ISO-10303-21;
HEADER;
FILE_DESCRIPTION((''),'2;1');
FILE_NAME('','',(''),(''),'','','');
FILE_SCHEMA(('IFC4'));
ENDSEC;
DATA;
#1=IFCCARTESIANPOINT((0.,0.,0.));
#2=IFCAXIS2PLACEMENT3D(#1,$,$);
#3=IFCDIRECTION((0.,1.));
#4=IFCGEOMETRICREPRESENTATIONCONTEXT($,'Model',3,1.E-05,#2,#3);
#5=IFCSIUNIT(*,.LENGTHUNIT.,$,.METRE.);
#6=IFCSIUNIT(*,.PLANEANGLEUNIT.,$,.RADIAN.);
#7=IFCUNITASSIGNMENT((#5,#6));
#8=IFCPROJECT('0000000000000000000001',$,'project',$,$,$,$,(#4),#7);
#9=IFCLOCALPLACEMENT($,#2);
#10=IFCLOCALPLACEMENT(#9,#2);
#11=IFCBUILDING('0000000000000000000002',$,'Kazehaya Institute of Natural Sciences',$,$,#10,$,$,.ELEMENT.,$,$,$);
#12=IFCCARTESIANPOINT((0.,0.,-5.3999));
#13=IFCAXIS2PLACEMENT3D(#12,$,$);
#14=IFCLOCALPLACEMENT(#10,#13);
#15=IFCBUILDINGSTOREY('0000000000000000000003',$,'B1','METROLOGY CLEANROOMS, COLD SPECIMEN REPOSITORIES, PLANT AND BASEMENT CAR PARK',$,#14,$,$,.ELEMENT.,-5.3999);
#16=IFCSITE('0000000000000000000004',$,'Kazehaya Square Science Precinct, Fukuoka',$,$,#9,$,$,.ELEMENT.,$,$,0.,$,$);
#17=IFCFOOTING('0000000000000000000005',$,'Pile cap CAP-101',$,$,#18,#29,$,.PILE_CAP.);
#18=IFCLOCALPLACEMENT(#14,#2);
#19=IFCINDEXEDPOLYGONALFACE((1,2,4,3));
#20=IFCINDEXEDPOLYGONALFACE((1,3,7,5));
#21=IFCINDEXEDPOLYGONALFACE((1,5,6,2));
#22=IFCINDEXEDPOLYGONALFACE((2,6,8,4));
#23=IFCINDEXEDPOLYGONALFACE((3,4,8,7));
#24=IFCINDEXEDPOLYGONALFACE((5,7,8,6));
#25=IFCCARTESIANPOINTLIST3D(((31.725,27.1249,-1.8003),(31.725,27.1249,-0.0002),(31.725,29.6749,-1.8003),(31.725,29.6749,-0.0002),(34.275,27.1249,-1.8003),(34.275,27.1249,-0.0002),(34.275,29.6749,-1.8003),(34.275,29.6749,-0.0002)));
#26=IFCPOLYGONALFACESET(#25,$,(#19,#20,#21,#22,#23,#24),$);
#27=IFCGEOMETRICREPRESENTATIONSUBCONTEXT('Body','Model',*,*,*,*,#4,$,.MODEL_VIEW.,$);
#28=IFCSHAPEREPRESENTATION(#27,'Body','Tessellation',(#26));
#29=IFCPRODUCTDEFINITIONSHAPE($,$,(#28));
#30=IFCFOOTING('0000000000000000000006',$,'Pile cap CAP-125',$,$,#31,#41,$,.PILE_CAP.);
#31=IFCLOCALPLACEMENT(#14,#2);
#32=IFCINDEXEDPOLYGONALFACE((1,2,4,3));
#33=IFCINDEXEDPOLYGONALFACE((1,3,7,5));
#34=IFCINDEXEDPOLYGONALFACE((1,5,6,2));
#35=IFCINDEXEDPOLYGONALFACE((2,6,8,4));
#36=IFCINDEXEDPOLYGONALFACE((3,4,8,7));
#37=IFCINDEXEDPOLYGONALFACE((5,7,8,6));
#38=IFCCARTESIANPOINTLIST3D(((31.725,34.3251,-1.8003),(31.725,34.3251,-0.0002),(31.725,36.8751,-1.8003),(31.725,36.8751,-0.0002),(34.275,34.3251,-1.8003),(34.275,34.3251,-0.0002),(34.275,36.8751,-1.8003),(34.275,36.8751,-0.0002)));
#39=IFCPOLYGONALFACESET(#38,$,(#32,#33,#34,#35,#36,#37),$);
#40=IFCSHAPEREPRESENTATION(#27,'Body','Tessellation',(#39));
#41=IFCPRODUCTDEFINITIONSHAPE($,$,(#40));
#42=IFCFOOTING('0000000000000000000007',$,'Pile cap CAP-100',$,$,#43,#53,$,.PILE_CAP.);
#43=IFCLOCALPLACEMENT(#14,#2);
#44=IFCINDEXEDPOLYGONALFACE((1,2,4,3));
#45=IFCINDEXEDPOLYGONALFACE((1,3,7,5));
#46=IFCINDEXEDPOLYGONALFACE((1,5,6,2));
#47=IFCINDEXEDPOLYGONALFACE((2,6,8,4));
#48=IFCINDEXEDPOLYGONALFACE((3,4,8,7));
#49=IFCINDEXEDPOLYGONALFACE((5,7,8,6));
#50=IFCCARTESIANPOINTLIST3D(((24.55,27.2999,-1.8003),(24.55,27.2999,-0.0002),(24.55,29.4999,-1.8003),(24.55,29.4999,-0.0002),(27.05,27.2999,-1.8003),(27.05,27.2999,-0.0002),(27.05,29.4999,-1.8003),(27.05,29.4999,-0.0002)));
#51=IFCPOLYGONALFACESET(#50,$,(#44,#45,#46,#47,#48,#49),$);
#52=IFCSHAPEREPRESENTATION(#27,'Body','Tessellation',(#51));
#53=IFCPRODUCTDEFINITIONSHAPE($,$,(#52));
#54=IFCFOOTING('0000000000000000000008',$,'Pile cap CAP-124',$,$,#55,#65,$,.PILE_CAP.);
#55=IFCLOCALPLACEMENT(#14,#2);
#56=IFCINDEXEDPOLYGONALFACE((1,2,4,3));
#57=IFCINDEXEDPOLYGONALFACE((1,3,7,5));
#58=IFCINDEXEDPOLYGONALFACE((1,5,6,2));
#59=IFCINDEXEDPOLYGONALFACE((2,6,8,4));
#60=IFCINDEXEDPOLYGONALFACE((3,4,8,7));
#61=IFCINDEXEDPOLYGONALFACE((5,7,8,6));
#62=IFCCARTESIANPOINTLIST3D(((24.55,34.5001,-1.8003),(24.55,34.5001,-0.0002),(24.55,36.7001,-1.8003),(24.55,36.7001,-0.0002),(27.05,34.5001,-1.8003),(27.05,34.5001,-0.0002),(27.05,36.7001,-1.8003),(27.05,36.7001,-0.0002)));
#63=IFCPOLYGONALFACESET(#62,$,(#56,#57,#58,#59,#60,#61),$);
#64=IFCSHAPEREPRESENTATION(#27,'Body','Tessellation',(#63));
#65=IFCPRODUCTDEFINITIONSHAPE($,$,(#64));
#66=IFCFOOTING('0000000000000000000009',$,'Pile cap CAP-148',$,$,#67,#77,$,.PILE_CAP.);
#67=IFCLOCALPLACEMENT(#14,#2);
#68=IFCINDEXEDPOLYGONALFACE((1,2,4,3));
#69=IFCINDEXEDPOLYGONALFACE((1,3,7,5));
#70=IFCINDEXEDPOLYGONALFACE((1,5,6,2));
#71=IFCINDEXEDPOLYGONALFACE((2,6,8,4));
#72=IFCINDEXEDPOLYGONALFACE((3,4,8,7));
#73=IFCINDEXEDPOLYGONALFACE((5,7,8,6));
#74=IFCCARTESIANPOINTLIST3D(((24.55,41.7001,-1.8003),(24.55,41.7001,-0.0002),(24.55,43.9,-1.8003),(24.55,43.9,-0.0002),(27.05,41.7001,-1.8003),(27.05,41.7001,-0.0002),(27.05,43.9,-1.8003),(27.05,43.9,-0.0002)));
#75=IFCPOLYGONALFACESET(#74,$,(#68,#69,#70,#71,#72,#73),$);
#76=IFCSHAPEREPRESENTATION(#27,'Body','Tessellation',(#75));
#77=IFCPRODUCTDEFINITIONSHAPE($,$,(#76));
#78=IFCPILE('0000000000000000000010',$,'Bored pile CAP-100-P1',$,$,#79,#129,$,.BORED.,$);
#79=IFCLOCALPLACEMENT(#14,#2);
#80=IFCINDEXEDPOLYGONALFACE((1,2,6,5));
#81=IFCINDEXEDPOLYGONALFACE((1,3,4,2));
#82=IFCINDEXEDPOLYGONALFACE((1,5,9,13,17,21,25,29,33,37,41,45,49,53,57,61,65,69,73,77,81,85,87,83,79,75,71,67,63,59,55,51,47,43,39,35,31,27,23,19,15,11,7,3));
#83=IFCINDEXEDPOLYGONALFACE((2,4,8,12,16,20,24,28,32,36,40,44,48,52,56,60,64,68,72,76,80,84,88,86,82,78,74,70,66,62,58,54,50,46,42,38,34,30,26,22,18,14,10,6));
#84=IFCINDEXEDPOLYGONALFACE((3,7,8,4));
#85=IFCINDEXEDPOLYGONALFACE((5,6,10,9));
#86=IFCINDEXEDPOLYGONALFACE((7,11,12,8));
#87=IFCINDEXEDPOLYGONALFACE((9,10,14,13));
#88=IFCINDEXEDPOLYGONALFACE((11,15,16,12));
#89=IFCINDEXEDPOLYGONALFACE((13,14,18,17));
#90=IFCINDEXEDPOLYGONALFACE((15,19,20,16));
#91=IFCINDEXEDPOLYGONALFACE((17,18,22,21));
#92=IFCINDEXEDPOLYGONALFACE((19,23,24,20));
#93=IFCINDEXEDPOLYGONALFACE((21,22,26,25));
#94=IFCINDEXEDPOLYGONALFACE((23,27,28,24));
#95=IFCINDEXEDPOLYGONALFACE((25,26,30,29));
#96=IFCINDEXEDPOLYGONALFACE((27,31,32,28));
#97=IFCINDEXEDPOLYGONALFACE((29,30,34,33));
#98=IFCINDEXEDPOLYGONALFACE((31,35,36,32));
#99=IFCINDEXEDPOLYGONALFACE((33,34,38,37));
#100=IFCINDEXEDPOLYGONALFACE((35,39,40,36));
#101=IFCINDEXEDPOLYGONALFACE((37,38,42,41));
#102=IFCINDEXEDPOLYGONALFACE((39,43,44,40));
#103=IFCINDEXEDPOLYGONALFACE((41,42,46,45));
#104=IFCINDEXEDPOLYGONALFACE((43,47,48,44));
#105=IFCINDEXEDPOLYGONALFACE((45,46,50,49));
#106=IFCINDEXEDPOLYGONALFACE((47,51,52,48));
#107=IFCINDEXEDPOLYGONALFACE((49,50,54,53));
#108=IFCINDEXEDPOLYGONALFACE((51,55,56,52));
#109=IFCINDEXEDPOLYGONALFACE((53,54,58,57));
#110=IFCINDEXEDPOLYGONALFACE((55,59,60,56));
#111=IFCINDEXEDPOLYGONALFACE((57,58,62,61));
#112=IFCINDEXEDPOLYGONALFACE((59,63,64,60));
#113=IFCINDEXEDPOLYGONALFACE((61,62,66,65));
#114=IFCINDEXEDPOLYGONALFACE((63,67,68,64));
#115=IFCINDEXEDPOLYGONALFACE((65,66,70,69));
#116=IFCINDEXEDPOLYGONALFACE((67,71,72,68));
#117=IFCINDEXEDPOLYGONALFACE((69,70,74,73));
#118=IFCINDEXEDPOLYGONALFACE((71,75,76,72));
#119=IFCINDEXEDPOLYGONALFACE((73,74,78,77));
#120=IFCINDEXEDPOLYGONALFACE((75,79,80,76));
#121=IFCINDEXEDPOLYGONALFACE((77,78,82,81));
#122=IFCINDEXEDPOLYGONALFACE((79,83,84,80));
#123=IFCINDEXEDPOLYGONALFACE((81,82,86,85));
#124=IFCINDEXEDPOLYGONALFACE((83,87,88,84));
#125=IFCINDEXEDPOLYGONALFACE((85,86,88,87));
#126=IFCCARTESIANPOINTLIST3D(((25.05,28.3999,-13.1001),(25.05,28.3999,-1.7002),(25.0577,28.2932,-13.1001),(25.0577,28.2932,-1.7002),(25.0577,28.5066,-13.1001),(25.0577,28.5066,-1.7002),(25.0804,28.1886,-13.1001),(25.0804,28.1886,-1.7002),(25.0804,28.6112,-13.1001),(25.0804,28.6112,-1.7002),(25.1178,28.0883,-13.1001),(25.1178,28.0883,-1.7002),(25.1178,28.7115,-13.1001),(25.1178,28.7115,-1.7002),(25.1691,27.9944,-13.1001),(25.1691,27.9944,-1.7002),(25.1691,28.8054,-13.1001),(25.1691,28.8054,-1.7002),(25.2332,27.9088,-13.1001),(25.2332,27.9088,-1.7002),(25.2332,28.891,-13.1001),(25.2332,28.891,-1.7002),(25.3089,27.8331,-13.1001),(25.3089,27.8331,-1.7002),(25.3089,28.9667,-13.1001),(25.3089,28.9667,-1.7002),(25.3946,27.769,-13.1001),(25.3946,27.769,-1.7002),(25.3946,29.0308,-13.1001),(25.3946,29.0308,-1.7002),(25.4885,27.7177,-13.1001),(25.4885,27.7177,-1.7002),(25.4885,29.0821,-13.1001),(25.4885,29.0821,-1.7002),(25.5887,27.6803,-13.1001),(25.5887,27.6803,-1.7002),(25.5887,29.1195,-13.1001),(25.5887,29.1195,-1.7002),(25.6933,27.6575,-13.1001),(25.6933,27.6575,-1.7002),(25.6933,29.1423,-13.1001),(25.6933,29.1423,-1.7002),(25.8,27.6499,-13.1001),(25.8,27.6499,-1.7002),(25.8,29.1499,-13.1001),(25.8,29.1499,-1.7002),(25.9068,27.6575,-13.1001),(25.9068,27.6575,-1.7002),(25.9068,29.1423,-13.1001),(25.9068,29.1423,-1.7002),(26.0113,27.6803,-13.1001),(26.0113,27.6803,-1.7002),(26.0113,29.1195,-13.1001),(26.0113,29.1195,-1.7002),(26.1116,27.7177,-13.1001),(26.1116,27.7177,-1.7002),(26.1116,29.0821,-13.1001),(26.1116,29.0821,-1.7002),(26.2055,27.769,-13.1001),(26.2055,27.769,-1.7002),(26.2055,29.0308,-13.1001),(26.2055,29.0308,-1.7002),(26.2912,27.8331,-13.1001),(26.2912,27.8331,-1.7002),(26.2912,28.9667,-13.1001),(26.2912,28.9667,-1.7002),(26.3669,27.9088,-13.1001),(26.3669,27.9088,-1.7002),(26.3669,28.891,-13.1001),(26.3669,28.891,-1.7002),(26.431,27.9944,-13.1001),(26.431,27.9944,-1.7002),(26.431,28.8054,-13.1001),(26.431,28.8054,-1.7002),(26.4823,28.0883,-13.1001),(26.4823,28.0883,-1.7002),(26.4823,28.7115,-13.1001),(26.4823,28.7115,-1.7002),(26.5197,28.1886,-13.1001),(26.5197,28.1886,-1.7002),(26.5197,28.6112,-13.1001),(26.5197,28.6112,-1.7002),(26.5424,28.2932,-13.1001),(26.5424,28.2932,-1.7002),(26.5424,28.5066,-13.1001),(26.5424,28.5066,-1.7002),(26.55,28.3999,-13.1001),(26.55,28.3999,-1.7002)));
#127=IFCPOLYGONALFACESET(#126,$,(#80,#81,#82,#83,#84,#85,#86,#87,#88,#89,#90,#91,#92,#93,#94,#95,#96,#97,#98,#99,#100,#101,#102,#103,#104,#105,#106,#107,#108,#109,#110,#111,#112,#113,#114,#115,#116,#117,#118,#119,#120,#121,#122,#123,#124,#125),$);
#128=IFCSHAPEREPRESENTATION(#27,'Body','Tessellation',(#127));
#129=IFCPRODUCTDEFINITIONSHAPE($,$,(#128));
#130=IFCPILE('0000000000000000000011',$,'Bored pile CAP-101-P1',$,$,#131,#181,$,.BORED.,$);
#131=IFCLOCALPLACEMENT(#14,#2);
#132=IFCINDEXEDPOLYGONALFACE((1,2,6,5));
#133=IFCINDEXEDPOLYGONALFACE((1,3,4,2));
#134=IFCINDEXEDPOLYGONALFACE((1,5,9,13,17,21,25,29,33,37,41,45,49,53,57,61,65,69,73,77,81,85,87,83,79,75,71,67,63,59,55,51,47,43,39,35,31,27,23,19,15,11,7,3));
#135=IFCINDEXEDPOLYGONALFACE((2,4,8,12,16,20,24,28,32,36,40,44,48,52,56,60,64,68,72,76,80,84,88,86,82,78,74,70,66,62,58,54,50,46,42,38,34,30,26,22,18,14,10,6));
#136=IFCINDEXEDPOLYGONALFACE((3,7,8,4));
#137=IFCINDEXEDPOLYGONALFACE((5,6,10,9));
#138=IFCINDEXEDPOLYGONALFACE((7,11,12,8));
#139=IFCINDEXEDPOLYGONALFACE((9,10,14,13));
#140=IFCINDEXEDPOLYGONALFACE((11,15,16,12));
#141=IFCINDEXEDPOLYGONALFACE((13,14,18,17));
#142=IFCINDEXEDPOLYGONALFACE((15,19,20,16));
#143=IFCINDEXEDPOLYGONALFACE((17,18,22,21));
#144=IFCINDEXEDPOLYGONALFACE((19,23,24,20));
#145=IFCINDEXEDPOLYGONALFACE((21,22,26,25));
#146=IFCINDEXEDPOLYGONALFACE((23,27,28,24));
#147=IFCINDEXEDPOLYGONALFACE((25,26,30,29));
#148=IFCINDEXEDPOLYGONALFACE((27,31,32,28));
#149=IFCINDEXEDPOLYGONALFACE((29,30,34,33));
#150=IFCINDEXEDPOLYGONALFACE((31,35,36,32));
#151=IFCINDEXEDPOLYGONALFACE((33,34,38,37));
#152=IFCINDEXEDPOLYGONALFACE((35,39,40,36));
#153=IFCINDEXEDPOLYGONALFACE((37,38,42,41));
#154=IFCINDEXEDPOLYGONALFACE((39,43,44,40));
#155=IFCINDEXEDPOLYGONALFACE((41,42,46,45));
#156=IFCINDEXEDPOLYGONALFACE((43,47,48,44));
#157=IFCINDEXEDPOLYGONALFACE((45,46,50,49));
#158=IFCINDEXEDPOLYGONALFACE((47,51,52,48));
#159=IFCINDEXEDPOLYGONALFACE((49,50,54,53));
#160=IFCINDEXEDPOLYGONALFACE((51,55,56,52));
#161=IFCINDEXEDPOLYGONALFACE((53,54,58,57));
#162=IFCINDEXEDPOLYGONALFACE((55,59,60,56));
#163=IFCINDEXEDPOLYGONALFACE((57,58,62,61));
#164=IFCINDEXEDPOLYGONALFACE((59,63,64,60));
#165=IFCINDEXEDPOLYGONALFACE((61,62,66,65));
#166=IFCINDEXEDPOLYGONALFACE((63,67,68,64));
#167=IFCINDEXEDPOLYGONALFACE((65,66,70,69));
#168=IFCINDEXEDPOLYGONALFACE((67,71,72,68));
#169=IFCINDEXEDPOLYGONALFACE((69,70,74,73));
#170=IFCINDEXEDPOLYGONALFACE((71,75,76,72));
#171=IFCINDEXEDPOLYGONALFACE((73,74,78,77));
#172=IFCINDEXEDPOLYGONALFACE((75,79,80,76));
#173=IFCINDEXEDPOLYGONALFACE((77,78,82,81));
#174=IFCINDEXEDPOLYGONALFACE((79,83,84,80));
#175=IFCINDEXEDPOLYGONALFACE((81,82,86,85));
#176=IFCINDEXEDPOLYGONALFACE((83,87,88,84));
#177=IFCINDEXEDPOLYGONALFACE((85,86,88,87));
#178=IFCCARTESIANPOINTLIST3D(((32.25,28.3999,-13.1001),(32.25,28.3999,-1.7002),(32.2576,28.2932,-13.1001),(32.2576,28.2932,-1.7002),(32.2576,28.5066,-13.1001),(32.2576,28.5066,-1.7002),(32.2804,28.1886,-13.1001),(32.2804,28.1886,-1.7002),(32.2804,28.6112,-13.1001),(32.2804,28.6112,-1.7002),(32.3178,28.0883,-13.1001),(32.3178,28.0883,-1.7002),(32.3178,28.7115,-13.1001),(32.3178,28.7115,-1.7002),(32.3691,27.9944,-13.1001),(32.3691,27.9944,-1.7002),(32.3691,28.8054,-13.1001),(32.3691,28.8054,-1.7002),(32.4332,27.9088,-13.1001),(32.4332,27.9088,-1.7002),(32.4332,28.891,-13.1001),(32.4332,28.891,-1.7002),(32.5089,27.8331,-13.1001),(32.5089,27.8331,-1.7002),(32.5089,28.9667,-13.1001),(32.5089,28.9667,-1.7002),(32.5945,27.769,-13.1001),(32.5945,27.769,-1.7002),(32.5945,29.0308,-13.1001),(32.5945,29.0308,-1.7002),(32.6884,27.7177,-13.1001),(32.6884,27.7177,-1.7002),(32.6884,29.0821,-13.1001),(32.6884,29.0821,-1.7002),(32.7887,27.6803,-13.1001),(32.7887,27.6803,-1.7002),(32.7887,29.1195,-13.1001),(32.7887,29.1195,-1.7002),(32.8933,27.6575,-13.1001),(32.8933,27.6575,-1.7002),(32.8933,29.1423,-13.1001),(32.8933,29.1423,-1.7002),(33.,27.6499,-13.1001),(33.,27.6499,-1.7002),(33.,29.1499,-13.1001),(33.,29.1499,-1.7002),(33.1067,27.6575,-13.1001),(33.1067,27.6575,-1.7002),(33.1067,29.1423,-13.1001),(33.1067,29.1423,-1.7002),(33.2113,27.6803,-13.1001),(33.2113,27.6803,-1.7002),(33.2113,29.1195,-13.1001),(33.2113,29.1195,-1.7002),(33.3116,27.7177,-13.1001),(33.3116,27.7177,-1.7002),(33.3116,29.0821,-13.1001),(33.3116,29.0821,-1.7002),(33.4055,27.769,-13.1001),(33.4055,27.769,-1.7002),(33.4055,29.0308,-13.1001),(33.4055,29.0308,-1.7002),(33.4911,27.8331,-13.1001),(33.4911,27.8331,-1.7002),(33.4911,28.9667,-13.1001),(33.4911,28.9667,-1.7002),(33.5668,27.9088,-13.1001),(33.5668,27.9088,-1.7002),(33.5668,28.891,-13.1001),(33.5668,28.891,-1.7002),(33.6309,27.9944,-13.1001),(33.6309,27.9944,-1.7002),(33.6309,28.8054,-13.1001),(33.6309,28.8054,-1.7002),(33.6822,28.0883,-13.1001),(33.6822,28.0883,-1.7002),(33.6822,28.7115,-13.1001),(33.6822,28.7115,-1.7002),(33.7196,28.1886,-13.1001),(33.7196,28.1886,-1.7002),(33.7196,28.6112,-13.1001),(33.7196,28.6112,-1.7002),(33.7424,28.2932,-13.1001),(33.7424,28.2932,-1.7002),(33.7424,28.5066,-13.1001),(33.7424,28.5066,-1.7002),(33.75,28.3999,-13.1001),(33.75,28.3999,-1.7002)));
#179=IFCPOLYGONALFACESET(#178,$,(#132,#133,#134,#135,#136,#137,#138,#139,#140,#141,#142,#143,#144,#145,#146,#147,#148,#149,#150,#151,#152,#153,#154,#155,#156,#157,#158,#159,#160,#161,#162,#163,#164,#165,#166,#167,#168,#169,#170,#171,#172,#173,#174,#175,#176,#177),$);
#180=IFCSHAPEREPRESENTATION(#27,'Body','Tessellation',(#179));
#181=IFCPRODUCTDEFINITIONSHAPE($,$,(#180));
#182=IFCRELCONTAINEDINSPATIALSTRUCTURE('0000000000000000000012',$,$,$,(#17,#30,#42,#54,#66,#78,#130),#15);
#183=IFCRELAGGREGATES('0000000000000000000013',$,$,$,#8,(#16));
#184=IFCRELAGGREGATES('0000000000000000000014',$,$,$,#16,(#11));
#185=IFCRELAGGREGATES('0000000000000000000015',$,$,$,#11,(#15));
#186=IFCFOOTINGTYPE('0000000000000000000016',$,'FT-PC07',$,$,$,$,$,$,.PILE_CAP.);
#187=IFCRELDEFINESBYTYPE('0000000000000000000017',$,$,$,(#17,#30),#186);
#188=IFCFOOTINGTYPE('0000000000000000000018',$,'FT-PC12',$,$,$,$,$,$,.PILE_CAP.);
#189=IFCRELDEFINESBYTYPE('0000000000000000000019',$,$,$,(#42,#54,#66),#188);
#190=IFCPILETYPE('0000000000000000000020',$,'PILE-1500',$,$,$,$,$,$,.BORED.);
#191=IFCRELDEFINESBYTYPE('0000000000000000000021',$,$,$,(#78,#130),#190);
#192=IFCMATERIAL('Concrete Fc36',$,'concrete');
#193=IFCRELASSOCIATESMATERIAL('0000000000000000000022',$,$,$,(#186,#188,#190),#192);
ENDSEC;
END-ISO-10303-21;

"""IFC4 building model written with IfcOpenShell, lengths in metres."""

from ifc_helpers import new_model, si_unit, direction, frame, origin, origin_2d, place, context, subcontext, project, spatial, rectangle, circle, extrude, material, material_profile, profile_set, type_object, element, save


model = new_model("IFC4")

# Units and contexts
model_context = context("Model", 3, precision=1e-05, world=origin(), true_north=direction((0.0, 1.0)))
body_context = subcontext(model_context, "Body", "Model", "MODEL_VIEW")
ifc_project = project(units=[si_unit("LENGTHUNIT", "METRE"), si_unit("PLANEANGLEUNIT", "RADIAN")], contexts=[model_context])

# Site, building, storey
site_placement = place(None, origin())
site = spatial("IfcSite", under=ifc_project, at=site_placement, Name="Kazehaya Square Science Precinct, Fukuoka", CompositionType="ELEMENT", RefElevation=0.0)
building_placement = place(site_placement, origin())
building = spatial("IfcBuilding", under=site, at=building_placement, Name="Kazehaya Institute of Natural Sciences", CompositionType="ELEMENT")
storey_placement = place(building_placement, frame((0.0, 0.0, -5.3999)))
storey = spatial("IfcBuildingStorey", under=building, at=storey_placement, Name="B1", Description="METROLOGY CLEANROOMS, COLD SPECIMEN REPOSITORIES, PLANT AND BASEMENT CAR PARK", CompositionType="ELEMENT", Elevation=-5.3999)

# Footings
ifc_material_1 = material(Name="Concrete Fc36", Category="concrete")
footing_type_1 = type_object("IfcFootingType", Name="FT-PC07", PredefinedType="PILE_CAP", material=ifc_material_1)
for number, where, z_axis, x_axis, name in (
    (1, (33.0, 28.3999, -1.8003), (0.0, 0.0, 1.0), (1.0, 0.0, 0.0), "Pile cap CAP-101"),
    (2, (33.0, 35.6001, -1.8003), (0.0, 0.0, 1.0), (1.0, 0.0, 0.0), "Pile cap CAP-125"),
):
    element("IfcFooting", number, at=place(storey_placement, frame(where, z_axis=z_axis, x_axis=x_axis)), inside=storey, type_object=footing_type_1, Name=name, PredefinedType="PILE_CAP", context=body_context, shape_type="SweptSolid", body=[
        extrude(rectangle(XDim=2.55, YDim=2.55, at=origin_2d()), origin(), (0.0, 0.0, 1.0), 1.8),
    ])
footing_type_2 = type_object("IfcFootingType", Name="FT-PC12", PredefinedType="PILE_CAP", material=ifc_material_1)
for number, where, z_axis, x_axis, name in (
    (3, (25.8, 28.3999, -1.8003), (0.0, 0.0, 1.0), (1.0, 0.0, 0.0), "Pile cap CAP-100"),
    (4, (25.8, 35.6001, -1.8003), (0.0, 0.0, 1.0), (1.0, 0.0, 0.0), "Pile cap CAP-124"),
    (5, (25.8, 42.8, -1.8003), (0.0, 0.0, 1.0), (1.0, 0.0, 0.0), "Pile cap CAP-148"),
):
    element("IfcFooting", number, at=place(storey_placement, frame(where, z_axis=z_axis, x_axis=x_axis)), inside=storey, type_object=footing_type_2, Name=name, PredefinedType="PILE_CAP", context=body_context, shape_type="SweptSolid", body=[
        extrude(rectangle(XDim=2.5, YDim=2.2, at=origin_2d()), origin(), (0.0, 0.0, 1.0), 1.8),
    ])

# Piles
ifc_material_profile_1 = material_profile(ifc_material_1, circle(Radius=0.75, at=origin_2d()), Name="PILE-1500")
ifc_profile_set_1 = profile_set([ifc_material_profile_1], Name="Concrete Fc36")
pile_type = type_object("IfcPileType", Name="PILE-1500", PredefinedType="BORED", material=ifc_profile_set_1)
for number, where, z_axis, x_axis, name in (
    (6, (25.8, 28.3999, -1.7002), (0.0, 0.0, -1.0), (1.0, 0.0, 0.0), "Bored pile CAP-100-P1"),
    (7, (33.0, 28.3999, -1.7002), (0.0, 0.0, -1.0), (1.0, 0.0, 0.0), "Bored pile CAP-101-P1"),
):
    element("IfcPile", number, at=place(storey_placement, frame(where, z_axis=z_axis, x_axis=x_axis)), inside=storey, type_object=pile_type, Name=name, PredefinedType="BORED", context=body_context, shape_type="SweptSolid", body=[
        extrude(circle(Radius=0.75, at=origin_2d()), origin(), (0.0, 0.0, 1.0), 11.3999),
    ])

save(model, "model.ifc")
